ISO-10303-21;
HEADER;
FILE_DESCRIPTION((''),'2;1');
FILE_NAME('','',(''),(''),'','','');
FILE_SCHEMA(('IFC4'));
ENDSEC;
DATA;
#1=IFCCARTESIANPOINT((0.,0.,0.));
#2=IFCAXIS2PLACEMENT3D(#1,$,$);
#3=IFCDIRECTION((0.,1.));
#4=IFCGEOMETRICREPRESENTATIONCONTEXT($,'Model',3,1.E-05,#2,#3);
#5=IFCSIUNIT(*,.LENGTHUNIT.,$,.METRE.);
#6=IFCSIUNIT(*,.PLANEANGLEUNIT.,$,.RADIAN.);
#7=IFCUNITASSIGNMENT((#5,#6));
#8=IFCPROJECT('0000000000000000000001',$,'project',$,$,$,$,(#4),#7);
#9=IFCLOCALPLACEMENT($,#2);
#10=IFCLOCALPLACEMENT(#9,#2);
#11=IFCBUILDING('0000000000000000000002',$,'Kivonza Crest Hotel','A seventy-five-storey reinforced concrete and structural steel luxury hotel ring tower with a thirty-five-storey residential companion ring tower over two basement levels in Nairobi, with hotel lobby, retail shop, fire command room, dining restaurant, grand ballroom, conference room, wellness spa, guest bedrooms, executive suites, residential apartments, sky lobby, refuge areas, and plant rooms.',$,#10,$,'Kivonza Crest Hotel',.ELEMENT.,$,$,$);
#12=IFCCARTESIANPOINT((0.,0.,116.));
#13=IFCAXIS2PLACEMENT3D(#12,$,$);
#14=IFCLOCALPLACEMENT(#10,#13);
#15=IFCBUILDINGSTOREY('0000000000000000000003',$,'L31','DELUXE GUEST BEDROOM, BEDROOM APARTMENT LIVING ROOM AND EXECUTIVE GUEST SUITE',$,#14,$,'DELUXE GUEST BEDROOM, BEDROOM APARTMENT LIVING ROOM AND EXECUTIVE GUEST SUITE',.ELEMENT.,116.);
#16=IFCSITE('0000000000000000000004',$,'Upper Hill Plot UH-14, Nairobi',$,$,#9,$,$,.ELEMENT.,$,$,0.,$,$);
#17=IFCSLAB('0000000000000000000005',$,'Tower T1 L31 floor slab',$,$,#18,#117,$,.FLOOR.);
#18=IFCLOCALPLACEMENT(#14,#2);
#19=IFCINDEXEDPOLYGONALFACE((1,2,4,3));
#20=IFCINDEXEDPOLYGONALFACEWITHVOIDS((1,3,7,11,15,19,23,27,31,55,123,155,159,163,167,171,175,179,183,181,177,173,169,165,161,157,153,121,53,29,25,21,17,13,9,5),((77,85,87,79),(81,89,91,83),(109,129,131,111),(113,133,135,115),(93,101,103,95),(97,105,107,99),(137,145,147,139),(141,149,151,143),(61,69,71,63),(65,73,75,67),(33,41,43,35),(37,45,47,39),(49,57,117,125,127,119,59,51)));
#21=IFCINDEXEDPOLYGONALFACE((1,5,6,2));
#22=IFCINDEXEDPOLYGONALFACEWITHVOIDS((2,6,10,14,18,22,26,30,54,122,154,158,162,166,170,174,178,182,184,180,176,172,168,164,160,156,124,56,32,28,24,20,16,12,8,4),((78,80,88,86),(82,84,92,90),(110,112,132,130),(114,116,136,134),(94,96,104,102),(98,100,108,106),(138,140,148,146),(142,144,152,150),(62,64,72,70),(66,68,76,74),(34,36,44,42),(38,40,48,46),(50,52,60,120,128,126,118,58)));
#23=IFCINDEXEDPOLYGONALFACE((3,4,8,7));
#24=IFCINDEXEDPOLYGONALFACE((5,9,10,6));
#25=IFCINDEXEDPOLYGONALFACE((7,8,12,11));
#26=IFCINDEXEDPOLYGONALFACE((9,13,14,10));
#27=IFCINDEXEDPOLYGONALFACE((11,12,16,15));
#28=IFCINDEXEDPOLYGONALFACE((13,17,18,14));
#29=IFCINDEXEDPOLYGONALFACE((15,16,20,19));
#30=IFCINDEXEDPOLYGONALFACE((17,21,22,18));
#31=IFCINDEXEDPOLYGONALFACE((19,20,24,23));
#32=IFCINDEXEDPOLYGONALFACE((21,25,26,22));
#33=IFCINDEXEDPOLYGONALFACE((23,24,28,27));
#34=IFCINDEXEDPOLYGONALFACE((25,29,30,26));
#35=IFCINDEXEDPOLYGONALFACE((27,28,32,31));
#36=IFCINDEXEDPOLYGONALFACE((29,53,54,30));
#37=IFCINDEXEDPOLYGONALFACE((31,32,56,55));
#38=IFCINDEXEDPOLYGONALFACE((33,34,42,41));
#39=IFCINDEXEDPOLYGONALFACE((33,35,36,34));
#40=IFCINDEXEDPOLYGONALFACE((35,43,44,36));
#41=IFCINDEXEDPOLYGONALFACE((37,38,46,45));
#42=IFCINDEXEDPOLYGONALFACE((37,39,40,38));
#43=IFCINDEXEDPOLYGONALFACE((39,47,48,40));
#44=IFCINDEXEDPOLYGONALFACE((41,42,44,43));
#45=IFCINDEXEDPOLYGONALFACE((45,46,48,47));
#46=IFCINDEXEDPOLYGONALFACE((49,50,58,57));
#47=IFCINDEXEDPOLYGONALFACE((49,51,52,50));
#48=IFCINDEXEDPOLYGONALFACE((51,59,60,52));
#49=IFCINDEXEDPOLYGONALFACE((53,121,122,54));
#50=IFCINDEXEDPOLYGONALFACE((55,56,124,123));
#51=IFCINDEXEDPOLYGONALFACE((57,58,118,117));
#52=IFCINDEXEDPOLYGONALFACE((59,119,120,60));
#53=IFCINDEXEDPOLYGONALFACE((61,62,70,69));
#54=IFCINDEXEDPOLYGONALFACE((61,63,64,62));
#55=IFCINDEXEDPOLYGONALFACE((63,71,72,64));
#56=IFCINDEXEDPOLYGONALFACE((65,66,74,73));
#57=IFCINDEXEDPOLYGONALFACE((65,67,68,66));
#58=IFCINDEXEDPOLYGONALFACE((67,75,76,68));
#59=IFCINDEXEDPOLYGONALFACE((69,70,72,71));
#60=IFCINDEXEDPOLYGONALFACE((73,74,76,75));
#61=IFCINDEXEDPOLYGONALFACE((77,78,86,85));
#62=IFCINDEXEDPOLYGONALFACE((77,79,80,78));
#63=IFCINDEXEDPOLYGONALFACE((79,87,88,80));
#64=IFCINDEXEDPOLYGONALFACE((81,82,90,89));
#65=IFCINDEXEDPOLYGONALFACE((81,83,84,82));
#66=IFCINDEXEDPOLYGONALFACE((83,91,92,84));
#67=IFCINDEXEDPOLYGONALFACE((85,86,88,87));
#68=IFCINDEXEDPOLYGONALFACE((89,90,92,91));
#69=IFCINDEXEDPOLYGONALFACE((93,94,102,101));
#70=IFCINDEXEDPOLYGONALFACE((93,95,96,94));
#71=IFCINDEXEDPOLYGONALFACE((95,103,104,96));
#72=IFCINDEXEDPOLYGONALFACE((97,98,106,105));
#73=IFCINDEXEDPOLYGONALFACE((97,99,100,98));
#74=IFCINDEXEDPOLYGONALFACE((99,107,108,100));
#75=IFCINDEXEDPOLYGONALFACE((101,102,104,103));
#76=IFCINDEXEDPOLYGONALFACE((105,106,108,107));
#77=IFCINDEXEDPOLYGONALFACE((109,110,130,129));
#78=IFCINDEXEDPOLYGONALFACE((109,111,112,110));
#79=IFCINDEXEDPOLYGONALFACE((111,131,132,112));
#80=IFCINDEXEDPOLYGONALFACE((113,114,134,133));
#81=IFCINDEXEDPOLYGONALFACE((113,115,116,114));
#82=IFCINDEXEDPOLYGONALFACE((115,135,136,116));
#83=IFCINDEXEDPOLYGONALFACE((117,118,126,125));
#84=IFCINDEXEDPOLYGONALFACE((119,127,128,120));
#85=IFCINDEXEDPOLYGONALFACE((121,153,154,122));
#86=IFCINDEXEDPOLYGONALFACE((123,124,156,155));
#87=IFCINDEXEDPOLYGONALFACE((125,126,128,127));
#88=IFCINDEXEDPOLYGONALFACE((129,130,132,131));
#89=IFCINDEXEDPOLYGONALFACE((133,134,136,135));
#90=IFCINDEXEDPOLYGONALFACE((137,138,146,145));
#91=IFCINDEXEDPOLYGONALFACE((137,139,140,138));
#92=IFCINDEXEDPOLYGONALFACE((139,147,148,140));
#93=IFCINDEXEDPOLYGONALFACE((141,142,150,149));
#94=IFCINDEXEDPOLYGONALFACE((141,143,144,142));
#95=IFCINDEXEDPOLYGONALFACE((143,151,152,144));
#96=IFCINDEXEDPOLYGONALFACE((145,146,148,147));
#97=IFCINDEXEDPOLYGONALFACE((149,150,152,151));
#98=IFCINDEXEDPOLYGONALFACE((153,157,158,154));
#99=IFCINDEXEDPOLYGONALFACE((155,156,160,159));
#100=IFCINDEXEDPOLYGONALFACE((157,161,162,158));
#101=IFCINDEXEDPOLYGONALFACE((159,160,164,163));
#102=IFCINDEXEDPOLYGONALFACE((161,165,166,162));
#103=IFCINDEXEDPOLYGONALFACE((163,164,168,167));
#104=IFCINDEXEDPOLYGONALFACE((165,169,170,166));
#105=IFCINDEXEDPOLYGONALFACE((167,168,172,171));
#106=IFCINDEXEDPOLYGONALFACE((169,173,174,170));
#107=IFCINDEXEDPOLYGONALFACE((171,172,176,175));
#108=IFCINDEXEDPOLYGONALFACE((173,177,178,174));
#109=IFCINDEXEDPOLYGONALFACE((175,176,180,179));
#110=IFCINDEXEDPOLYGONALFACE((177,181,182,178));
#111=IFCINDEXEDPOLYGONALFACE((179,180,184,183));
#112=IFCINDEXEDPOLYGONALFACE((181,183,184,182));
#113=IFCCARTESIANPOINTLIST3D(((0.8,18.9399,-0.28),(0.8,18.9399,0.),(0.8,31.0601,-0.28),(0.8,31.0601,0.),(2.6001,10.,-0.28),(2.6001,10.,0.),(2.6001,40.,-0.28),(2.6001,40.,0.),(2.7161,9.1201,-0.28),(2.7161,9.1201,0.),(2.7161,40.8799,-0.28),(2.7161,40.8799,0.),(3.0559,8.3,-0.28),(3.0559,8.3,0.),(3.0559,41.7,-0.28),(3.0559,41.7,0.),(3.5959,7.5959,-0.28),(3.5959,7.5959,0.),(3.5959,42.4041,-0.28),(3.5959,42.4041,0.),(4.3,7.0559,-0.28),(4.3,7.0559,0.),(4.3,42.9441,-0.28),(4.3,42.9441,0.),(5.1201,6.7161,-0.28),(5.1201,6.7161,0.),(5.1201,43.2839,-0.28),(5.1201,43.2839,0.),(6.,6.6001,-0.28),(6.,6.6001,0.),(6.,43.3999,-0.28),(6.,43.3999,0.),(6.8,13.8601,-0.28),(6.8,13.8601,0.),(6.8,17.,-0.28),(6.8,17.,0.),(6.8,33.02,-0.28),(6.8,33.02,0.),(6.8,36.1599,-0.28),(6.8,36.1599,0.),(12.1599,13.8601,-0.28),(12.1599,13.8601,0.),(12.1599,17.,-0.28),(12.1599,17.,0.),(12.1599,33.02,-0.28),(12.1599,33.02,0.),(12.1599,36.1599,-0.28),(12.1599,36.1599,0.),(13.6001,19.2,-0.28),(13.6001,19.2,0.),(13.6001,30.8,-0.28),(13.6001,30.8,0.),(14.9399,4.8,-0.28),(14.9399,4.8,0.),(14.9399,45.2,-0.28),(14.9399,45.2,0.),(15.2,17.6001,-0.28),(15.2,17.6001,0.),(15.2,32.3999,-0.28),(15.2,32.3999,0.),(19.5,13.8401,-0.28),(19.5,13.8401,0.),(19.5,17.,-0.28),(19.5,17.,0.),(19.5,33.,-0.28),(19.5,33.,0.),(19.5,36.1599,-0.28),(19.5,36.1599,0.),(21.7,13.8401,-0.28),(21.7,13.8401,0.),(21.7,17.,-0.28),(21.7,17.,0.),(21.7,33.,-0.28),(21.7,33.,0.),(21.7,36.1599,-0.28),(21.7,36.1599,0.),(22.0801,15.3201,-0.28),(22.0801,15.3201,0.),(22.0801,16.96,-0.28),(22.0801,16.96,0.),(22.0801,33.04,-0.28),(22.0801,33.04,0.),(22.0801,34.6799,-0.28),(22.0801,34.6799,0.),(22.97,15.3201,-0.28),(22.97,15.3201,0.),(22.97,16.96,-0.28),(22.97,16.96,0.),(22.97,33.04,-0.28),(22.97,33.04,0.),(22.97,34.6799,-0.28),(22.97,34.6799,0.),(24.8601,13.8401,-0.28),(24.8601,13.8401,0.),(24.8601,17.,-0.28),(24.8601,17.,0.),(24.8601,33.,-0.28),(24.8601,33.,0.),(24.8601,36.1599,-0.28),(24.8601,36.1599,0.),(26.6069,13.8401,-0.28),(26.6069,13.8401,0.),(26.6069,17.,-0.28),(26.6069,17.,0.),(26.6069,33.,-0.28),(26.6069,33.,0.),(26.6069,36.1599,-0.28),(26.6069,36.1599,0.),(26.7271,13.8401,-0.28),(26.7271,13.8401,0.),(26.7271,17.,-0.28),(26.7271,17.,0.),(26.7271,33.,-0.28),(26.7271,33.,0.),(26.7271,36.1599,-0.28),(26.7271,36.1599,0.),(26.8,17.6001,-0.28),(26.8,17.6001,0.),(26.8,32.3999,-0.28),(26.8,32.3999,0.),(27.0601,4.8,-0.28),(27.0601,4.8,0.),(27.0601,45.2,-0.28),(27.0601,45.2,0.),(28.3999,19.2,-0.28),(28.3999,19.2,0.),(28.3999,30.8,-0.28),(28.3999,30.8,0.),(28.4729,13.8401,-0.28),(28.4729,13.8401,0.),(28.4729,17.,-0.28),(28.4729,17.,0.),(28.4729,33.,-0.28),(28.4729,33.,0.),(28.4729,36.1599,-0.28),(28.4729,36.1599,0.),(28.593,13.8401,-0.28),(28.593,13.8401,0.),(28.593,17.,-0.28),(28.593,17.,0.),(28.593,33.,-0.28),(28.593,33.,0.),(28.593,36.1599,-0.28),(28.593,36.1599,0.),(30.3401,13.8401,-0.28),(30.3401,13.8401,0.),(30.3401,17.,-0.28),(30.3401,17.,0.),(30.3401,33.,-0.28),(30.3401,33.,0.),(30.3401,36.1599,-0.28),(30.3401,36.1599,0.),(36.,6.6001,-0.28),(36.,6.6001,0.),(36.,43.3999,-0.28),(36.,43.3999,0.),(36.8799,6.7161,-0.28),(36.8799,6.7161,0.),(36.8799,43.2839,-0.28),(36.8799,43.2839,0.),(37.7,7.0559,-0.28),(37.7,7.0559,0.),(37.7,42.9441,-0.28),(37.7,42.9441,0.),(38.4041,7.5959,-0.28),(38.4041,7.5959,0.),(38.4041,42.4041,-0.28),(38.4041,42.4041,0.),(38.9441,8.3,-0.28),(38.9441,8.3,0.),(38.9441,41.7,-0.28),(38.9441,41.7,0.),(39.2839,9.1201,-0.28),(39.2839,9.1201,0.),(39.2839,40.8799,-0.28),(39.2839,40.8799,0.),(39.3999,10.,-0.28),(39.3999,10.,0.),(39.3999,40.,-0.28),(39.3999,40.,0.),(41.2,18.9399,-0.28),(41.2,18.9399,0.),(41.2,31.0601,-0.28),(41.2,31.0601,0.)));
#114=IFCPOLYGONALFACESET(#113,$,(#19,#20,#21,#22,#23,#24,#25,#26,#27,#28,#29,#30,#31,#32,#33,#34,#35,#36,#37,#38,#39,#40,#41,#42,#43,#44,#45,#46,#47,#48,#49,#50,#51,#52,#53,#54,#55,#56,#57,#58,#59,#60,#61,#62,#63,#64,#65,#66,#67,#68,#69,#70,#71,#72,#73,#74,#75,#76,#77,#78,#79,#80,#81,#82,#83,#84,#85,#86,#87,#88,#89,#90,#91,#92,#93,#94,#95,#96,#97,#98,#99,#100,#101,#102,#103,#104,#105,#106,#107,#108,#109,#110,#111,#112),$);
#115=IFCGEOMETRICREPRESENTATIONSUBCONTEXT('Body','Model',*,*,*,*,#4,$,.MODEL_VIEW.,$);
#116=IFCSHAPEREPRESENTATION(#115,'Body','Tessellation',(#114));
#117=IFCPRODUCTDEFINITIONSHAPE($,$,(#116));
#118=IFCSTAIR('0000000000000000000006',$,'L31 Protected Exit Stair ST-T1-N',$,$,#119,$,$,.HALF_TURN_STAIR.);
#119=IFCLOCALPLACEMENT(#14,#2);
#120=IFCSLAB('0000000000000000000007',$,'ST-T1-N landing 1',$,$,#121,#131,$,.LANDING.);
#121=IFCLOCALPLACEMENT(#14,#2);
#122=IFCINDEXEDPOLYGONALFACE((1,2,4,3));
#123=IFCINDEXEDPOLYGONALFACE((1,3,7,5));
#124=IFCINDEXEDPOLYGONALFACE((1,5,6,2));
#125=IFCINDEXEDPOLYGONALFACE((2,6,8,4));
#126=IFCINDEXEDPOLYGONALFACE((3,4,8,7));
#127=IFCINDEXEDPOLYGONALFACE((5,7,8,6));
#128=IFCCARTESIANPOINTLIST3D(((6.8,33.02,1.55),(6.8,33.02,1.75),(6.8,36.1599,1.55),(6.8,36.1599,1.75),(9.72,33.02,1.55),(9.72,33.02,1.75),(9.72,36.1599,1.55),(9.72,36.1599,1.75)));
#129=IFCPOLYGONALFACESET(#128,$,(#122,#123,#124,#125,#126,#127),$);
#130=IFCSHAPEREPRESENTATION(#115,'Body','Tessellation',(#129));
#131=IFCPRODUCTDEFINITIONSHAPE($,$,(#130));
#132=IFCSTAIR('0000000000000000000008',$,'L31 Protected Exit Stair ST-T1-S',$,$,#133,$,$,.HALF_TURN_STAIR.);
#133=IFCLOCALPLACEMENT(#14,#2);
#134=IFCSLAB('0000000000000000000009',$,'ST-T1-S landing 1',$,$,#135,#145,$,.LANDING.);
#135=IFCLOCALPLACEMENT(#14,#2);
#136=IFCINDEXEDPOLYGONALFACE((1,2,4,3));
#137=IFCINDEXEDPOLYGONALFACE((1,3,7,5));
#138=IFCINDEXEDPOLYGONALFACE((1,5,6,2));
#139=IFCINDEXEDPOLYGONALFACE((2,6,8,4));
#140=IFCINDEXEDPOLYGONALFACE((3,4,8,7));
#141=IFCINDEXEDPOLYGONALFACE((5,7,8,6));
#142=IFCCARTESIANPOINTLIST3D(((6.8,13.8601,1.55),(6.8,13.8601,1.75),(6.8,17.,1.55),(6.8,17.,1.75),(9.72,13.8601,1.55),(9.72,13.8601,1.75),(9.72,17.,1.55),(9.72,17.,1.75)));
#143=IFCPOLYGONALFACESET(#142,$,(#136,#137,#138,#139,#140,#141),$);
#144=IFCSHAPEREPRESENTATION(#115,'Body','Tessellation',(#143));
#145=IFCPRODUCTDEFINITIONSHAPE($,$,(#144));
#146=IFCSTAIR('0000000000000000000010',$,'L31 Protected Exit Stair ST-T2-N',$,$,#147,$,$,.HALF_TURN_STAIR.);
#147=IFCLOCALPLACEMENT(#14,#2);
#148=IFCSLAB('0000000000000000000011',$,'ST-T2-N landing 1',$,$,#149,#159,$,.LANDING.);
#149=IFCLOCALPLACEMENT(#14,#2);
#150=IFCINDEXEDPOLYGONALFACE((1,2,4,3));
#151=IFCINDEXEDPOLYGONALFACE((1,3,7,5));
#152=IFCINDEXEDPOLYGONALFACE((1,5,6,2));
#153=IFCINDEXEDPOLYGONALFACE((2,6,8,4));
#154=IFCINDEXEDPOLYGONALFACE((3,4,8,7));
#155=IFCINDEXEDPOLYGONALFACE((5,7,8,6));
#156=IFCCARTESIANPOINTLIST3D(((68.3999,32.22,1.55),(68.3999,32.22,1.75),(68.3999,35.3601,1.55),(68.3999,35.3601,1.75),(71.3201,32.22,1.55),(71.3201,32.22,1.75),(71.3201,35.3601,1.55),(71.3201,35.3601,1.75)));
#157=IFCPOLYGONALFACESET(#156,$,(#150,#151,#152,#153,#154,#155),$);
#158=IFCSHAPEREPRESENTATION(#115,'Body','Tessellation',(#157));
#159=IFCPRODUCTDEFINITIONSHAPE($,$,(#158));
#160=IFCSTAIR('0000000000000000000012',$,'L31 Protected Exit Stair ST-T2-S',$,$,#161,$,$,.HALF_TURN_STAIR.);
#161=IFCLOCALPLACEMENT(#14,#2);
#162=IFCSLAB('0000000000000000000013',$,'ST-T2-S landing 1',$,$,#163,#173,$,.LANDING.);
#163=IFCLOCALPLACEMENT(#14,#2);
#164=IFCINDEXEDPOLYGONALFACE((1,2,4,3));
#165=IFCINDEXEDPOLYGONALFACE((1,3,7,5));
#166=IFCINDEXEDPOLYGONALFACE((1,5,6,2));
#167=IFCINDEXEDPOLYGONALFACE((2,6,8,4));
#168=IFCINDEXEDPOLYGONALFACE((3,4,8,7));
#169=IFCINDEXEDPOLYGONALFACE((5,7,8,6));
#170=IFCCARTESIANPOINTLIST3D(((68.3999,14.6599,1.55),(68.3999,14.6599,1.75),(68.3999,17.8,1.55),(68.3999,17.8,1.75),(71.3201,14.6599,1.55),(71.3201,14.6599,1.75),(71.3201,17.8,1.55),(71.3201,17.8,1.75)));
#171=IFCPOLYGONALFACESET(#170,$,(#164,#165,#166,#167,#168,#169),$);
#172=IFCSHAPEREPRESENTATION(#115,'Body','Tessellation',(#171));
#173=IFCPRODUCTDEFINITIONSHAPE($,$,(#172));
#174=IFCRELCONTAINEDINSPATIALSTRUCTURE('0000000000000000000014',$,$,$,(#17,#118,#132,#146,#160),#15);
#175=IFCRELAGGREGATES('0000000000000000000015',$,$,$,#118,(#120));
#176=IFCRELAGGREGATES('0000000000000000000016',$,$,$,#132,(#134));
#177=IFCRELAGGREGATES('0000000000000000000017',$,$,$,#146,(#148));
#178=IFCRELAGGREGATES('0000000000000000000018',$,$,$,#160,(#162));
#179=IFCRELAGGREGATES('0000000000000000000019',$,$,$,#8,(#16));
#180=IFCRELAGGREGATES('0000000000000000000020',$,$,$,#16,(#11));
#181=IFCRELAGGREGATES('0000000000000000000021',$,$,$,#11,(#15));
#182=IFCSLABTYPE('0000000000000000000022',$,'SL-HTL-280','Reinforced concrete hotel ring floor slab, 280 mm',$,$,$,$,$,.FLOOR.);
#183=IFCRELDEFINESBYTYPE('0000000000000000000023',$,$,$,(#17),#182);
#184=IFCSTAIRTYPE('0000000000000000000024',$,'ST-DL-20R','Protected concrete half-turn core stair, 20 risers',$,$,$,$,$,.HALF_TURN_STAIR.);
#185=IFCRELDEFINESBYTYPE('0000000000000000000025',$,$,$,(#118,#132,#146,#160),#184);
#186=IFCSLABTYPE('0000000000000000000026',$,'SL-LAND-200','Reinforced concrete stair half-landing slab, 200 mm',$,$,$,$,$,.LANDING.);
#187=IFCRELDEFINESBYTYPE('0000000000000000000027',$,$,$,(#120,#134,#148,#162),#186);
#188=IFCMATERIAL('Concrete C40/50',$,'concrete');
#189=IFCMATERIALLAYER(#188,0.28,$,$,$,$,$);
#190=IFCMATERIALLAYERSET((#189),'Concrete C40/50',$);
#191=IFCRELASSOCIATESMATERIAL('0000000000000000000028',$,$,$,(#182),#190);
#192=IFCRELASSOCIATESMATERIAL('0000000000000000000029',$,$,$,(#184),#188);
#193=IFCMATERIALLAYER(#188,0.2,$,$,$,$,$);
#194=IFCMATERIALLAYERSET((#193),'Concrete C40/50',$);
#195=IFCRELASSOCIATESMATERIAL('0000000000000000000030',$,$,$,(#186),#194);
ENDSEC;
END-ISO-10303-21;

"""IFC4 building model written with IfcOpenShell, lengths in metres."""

from ifc_helpers import new_model, si_unit, direction, frame, origin, place, context, subcontext, project, spatial, polyline, outline, extrude, material, layer, layer_set, type_object, element, aggregate, save


model = new_model("IFC4")

# Units and contexts
model_context = context("Model", 3, precision=1e-05, world=origin(), true_north=direction((0.0, 1.0)))
body_context = subcontext(model_context, "Body", "Model", "MODEL_VIEW")
ifc_project = project(units=[si_unit("LENGTHUNIT", "METRE"), si_unit("PLANEANGLEUNIT", "RADIAN")], contexts=[model_context])

# Site, building, storey
site_placement = place(None, origin())
site = spatial("IfcSite", under=ifc_project, at=site_placement, Name="Upper Hill Plot UH-14, Nairobi", CompositionType="ELEMENT", RefElevation=0.0)
building_placement = place(site_placement, origin())
building = spatial("IfcBuilding", under=site, at=building_placement, Name="Kivonza Crest Hotel", Description="A seventy-five-storey reinforced concrete and structural steel luxury hotel ring tower with a thirty-five-storey residential companion ring tower over two basement levels in Nairobi, with hotel lobby, retail shop, fire command room, dining restaurant, grand ballroom, conference room, wellness spa, guest bedrooms, executive suites, residential apartments, sky lobby, refuge areas, and plant rooms.", LongName="Kivonza Crest Hotel", CompositionType="ELEMENT")
storey_placement = place(building_placement, frame((0.0, 0.0, 116.0)))
storey = spatial("IfcBuildingStorey", under=building, at=storey_placement, Name="L31", Description="DELUXE GUEST BEDROOM, BEDROOM APARTMENT LIVING ROOM AND EXECUTIVE GUEST SUITE", LongName="DELUXE GUEST BEDROOM, BEDROOM APARTMENT LIVING ROOM AND EXECUTIVE GUEST SUITE", CompositionType="ELEMENT", Elevation=116.0)

# Slab
ifc_material_1 = material(Name="Concrete C40/50", Category="concrete")
ifc_layer_1 = layer(ifc_material_1, 0.28)
ifc_layer_set_1 = layer_set([ifc_layer_1], Name="Concrete C40/50")
slab_type_1 = type_object("IfcSlabType", Name="SL-HTL-280", Description="Reinforced concrete hotel ring floor slab, 280 mm", PredefinedType="FLOOR", material=ifc_layer_set_1)
slab_1_placement = place(storey_placement, frame((0.0, 0.0, -0.28)))
element("IfcSlab", 1, at=slab_1_placement, inside=storey, type_object=slab_type_1, Name="Tower T1 L31 floor slab", PredefinedType="FLOOR", context=body_context, shape_type="SweptSolid", body=[
    extrude(outline(polyline([(2.6001, 10.0), (2.7161, 9.1201), (3.0559, 8.3), (3.5959, 7.5959), (4.3, 7.0559), (5.1201, 6.7161), (6.0, 6.6001), (14.9399, 4.8), (27.0601, 4.8), (36.0, 6.6001), (36.8799, 6.7161), (37.7, 7.0559), (38.4041, 7.5959), (38.9441, 8.3), (39.2839, 9.1201), (39.3999, 10.0), (41.2, 18.9399), (41.2, 31.0601), (39.3999, 40.0), (39.2839, 40.8799), (38.9441, 41.7), (38.4041, 42.4041), (37.7, 42.9441), (36.8799, 43.2839), (36.0, 43.3999), (27.0601, 45.2), (14.9399, 45.2), (6.0, 43.3999), (5.1201, 43.2839), (4.3, 42.9441), (3.5959, 42.4041), (3.0559, 41.7), (2.7161, 40.8799), (2.6001, 40.0), (0.8, 31.0601), (0.8, 18.9399), (2.6001, 10.0)]), holes=[polyline([(15.2, 17.6001), (26.8, 17.6001), (28.3999, 19.2), (28.3999, 30.8), (26.8, 32.3999), (15.2, 32.3999), (13.6001, 30.8), (13.6001, 19.2), (15.2, 17.6001)]), polyline([(6.8, 33.02), (12.1599, 33.02), (12.1599, 36.1599), (6.8, 36.1599), (6.8, 33.02)]), polyline([(6.8, 13.8601), (12.1599, 13.8601), (12.1599, 17.0), (6.8, 17.0), (6.8, 13.8601)]), polyline([(22.0801, 33.04), (22.97, 33.04), (22.97, 34.6799), (22.0801, 34.6799), (22.0801, 33.04)]), polyline([(22.0801, 15.3201), (22.97, 15.3201), (22.97, 16.96), (22.0801, 16.96), (22.0801, 15.3201)]), polyline([(19.5, 33.0), (21.7, 33.0), (21.7, 36.1599), (19.5, 36.1599), (19.5, 33.0)]), polyline([(24.8601, 33.0), (26.6069, 33.0), (26.6069, 36.1599), (24.8601, 36.1599), (24.8601, 33.0)]), polyline([(26.7271, 33.0), (28.4729, 33.0), (28.4729, 36.1599), (26.7271, 36.1599), (26.7271, 33.0)]), polyline([(28.593, 33.0), (30.3401, 33.0), (30.3401, 36.1599), (28.593, 36.1599), (28.593, 33.0)]), polyline([(19.5, 13.8401), (21.7, 13.8401), (21.7, 17.0), (19.5, 17.0), (19.5, 13.8401)]), polyline([(24.8601, 13.8401), (26.6069, 13.8401), (26.6069, 17.0), (24.8601, 17.0), (24.8601, 13.8401)]), polyline([(26.7271, 13.8401), (28.4729, 13.8401), (28.4729, 17.0), (26.7271, 17.0), (26.7271, 13.8401)]), polyline([(28.593, 13.8401), (30.3401, 13.8401), (30.3401, 17.0), (28.593, 17.0), (28.593, 13.8401)])]), origin(), (0.0, 0.0, 1.0), 0.28),
])

# Stairs, slabs
stair_type = type_object("IfcStairType", Name="ST-DL-20R", Description="Protected concrete half-turn core stair, 20 risers", PredefinedType="HALF_TURN_STAIR", material=ifc_material_1)
stair_1_placement = place(storey_placement, origin())
stair_1 = element("IfcStair", 2, at=stair_1_placement, inside=storey, type_object=stair_type, Name="L31 Protected Exit Stair ST-T1-N", PredefinedType="HALF_TURN_STAIR")
ifc_layer_2 = layer(ifc_material_1, 0.2)
ifc_layer_set_2 = layer_set([ifc_layer_2], Name="Concrete C40/50")
slab_type_2 = type_object("IfcSlabType", Name="SL-LAND-200", Description="Reinforced concrete stair half-landing slab, 200 mm", PredefinedType="LANDING", material=ifc_layer_set_2)
slab_2_placement = place(storey_placement, frame((0.0, 0.0, 1.55)))
slab_2 = element("IfcSlab", 3, at=slab_2_placement, type_object=slab_type_2, Name="ST-T1-N landing 1", PredefinedType="LANDING", context=body_context, shape_type="SweptSolid", body=[
    extrude(outline(polyline([(9.72, 36.1599), (6.8, 36.1599), (6.8, 33.02), (9.72, 33.02), (9.72, 36.1599)])), origin(), (0.0, 0.0, 1.0), 0.2),
])
aggregate(stair_1, [slab_2])
stair_2_placement = place(storey_placement, origin())
stair_2 = element("IfcStair", 4, at=stair_2_placement, inside=storey, type_object=stair_type, Name="L31 Protected Exit Stair ST-T1-S", PredefinedType="HALF_TURN_STAIR")
slab_3_placement = place(storey_placement, frame((0.0, 0.0, 1.55)))
slab_3 = element("IfcSlab", 5, at=slab_3_placement, type_object=slab_type_2, Name="ST-T1-S landing 1", PredefinedType="LANDING", context=body_context, shape_type="SweptSolid", body=[
    extrude(outline(polyline([(9.72, 17.0), (6.8, 17.0), (6.8, 13.8601), (9.72, 13.8601), (9.72, 17.0)])), origin(), (0.0, 0.0, 1.0), 0.2),
])
aggregate(stair_2, [slab_3])
stair_3_placement = place(storey_placement, origin())
stair_3 = element("IfcStair", 6, at=stair_3_placement, inside=storey, type_object=stair_type, Name="L31 Protected Exit Stair ST-T2-N", PredefinedType="HALF_TURN_STAIR")
slab_4_placement = place(storey_placement, frame((0.0, 0.0, 1.55)))
slab_4 = element("IfcSlab", 7, at=slab_4_placement, type_object=slab_type_2, Name="ST-T2-N landing 1", PredefinedType="LANDING", context=body_context, shape_type="SweptSolid", body=[
    extrude(outline(polyline([(71.3201, 35.3601), (68.3999, 35.3601), (68.3999, 32.22), (71.3201, 32.22), (71.3201, 35.3601)])), origin(), (0.0, 0.0, 1.0), 0.2),
])
aggregate(stair_3, [slab_4])
stair_4_placement = place(storey_placement, origin())
stair_4 = element("IfcStair", 8, at=stair_4_placement, inside=storey, type_object=stair_type, Name="L31 Protected Exit Stair ST-T2-S", PredefinedType="HALF_TURN_STAIR")
slab_5_placement = place(storey_placement, frame((0.0, 0.0, 1.55)))
slab_5 = element("IfcSlab", 9, at=slab_5_placement, type_object=slab_type_2, Name="ST-T2-S landing 1", PredefinedType="LANDING", context=body_context, shape_type="SweptSolid", body=[
    extrude(outline(polyline([(71.3201, 17.8), (68.3999, 17.8), (68.3999, 14.6599), (71.3201, 14.6599), (71.3201, 17.8)])), origin(), (0.0, 0.0, 1.0), 0.2),
])
aggregate(stair_4, [slab_5])

save(model, "model.ifc")
